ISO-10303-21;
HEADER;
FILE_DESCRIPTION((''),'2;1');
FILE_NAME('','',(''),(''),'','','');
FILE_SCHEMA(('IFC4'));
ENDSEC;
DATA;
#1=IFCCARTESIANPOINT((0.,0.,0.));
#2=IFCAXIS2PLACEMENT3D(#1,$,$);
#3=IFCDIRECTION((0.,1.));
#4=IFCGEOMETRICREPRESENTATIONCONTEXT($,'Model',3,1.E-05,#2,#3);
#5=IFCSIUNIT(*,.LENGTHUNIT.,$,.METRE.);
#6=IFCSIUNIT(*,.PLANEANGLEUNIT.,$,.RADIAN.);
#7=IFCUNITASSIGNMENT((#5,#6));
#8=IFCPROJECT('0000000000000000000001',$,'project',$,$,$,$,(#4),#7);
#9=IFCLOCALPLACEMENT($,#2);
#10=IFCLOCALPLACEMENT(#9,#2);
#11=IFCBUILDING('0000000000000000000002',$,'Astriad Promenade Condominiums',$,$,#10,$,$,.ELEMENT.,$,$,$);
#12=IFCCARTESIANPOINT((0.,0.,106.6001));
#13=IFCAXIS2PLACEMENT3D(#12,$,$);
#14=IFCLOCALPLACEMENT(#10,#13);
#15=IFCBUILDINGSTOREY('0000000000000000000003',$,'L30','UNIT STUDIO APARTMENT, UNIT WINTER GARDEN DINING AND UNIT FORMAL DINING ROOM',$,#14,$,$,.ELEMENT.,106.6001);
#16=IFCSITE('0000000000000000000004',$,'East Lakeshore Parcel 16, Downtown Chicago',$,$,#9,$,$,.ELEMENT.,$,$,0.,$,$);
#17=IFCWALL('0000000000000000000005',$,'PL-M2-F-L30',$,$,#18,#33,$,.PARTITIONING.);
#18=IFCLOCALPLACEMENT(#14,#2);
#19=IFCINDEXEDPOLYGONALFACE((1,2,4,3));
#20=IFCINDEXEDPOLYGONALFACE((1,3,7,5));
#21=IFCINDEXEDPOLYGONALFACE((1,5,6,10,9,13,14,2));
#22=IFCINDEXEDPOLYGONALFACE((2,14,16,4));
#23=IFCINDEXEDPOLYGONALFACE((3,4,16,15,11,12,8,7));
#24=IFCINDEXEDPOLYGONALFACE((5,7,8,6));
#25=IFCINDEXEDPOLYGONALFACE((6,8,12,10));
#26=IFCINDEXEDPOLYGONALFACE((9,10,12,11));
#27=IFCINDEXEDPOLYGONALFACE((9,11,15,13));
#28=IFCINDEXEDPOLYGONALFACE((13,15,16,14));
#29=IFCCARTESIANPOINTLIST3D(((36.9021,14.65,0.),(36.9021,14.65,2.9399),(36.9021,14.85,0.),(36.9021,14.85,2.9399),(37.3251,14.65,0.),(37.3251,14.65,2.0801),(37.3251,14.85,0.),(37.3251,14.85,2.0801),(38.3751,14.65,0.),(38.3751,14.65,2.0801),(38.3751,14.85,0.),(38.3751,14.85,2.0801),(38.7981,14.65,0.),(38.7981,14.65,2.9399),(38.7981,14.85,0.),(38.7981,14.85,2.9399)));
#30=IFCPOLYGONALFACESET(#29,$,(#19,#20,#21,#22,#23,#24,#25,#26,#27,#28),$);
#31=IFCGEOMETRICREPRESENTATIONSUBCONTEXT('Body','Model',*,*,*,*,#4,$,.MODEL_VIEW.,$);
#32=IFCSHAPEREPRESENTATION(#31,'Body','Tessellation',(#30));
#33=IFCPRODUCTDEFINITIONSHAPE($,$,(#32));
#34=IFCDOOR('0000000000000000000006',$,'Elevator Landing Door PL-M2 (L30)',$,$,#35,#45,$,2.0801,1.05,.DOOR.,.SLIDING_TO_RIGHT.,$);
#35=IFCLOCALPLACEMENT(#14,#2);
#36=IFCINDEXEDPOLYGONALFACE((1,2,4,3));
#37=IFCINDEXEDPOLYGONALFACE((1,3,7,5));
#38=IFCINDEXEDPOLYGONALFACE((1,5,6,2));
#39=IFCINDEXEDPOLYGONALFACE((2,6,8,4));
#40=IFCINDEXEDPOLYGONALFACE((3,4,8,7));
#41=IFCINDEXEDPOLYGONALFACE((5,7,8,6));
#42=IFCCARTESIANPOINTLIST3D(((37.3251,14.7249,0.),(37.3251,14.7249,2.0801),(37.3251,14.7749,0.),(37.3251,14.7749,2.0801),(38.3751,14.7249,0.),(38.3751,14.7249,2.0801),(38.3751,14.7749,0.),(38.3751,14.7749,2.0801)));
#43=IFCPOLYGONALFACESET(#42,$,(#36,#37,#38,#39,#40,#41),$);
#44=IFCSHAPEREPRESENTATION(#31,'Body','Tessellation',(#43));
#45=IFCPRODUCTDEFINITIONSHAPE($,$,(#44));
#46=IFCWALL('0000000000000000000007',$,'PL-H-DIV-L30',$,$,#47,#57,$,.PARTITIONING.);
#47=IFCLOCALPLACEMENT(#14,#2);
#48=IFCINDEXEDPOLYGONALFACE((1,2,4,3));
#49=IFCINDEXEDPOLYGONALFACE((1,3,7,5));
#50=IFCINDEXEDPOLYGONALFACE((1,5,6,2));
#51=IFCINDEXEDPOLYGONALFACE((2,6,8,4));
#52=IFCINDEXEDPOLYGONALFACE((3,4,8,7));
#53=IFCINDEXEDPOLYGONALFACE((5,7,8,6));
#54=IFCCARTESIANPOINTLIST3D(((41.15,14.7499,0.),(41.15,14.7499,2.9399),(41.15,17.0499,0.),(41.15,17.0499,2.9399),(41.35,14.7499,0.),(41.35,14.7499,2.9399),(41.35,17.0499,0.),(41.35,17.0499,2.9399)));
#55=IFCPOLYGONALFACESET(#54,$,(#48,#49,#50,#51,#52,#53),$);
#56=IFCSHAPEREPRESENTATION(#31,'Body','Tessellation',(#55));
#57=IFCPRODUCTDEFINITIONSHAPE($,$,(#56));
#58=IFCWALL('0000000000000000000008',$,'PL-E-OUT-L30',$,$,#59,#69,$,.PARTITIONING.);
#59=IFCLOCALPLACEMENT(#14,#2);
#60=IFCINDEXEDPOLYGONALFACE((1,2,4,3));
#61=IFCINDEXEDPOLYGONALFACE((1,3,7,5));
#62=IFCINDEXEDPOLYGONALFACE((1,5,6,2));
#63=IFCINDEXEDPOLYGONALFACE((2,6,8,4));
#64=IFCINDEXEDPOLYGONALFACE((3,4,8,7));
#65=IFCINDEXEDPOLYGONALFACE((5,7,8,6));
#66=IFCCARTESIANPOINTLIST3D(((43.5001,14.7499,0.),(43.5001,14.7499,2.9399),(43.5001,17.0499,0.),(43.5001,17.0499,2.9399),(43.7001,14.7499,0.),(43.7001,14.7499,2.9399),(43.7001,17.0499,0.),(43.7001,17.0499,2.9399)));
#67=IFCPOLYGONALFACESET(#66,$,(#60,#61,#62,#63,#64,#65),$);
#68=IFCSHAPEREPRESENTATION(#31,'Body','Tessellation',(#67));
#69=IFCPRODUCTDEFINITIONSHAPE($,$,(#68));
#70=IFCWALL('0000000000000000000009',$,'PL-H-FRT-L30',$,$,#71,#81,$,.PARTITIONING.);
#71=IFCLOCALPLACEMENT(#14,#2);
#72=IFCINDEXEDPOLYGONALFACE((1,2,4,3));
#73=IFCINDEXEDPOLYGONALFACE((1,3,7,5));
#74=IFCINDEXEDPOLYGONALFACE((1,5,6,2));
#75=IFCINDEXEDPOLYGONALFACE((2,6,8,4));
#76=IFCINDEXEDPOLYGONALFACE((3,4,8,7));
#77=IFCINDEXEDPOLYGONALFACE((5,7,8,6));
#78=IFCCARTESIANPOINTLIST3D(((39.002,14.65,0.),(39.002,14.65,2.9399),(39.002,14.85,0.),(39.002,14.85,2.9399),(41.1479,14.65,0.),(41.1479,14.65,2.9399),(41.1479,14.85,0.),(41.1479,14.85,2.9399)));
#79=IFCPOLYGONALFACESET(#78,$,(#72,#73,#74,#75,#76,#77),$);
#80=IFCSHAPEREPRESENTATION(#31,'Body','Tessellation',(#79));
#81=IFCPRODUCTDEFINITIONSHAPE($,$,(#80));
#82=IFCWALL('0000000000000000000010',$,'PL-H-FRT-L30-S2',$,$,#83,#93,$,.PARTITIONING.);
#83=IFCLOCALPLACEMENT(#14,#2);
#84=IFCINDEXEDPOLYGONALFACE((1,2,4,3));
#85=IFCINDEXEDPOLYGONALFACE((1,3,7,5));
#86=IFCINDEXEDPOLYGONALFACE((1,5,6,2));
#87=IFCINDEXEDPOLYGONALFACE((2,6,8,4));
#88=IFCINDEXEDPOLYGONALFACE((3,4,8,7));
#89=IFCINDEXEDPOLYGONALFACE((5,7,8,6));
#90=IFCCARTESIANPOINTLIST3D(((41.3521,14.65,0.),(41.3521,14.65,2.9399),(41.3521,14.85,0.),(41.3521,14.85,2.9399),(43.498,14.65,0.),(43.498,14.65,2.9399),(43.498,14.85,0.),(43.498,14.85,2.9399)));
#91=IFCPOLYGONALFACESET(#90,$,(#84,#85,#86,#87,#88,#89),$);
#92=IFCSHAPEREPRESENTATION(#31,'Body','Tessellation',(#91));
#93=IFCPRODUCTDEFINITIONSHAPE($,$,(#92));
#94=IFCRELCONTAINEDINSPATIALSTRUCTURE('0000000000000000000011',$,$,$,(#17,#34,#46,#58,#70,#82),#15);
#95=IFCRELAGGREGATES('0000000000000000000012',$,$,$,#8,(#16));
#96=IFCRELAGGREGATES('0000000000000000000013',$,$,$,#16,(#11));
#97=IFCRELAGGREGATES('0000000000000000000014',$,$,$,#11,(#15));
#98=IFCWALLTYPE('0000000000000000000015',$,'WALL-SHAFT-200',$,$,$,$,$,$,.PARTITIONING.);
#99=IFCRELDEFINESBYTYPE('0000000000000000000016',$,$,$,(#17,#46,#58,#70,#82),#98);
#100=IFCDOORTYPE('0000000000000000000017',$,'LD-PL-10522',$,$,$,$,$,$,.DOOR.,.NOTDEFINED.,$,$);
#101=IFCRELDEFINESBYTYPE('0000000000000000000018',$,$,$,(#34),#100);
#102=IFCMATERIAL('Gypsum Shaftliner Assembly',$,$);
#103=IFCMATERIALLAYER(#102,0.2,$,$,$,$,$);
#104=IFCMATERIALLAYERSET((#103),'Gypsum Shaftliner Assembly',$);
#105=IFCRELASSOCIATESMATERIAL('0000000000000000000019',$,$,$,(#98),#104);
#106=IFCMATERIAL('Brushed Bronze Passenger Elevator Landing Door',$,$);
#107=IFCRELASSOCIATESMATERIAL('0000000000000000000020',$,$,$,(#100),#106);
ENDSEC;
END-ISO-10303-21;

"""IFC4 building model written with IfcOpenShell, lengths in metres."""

from ifc_helpers import new_model, si_unit, direction, frame, frame_2d, origin, place, context, subcontext, project, spatial, rectangle, extrude, source, transform, mapped, material, layer, layer_set, type_object, type_shapes, element, fill, save


model = new_model("IFC4")

# Units and contexts
model_context = context("Model", 3, precision=1e-05, world=origin(), true_north=direction((0.0, 1.0)))
body_context = subcontext(model_context, "Body", "Model", "MODEL_VIEW")
ifc_project = project(units=[si_unit("LENGTHUNIT", "METRE"), si_unit("PLANEANGLEUNIT", "RADIAN")], contexts=[model_context])

# Site, building, storey
site_placement = place(None, origin())
site = spatial("IfcSite", under=ifc_project, at=site_placement, Name="East Lakeshore Parcel 16, Downtown Chicago", CompositionType="ELEMENT", RefElevation=0.0)
building_placement = place(site_placement, origin())
building = spatial("IfcBuilding", under=site, at=building_placement, Name="Astriad Promenade Condominiums", CompositionType="ELEMENT")
storey_placement = place(building_placement, frame((0.0, 0.0, 106.6001)))
storey = spatial("IfcBuildingStorey", under=building, at=storey_placement, Name="L30", Description="UNIT STUDIO APARTMENT, UNIT WINTER GARDEN DINING AND UNIT FORMAL DINING ROOM", CompositionType="ELEMENT", Elevation=106.6001)

# Shared definitions
ifc_material_1 = material(Name="Gypsum Shaftliner Assembly")
ifc_layer_1 = layer(ifc_material_1, 0.2)
ifc_layer_set_1 = layer_set([ifc_layer_1], Name="Gypsum Shaftliner Assembly")
wall_type_1 = type_object("IfcWallType", Name="WALL-SHAFT-200", PredefinedType="PARTITIONING", material=ifc_layer_set_1)

# Wall, opening, door
wall_1_placement = place(storey_placement, frame((36.9021, 14.75, 0.0), z_axis=(0.0, 0.0, 1.0), x_axis=(1.0, 0.0, 0.0)))
wall_1 = element("IfcWall", 1, at=wall_1_placement, inside=storey, type_object=wall_type_1, Name="PL-M2-F-L30", PredefinedType="PARTITIONING", context=body_context, shape_type="SweptSolid", body=[
    extrude(rectangle(XDim=1.896, YDim=0.2, at=frame_2d((0.948, 0.0))), origin(), (0.0, 0.0, 1.0), 2.9399),
])
opening_1_placement = place(wall_1_placement, frame((0.4231, 0.0, 0.0)))
opening_1 = element("IfcOpeningElement", 2, at=opening_1_placement, cuts=wall_1, PredefinedType="OPENING", context=body_context, shape_type="SweptSolid", body=[
    extrude(rectangle(XDim=1.05, YDim=2.0801, at=frame_2d((0.5249, 1.04))), frame((0.0, 0.1099, 0.0), z_axis=(0.0, -1.0, 0.0), x_axis=(1.0, 0.0, 0.0)), (0.0, 0.0, 1.0), 0.22),
])
ifc_material_2 = material(Name="Brushed Bronze Passenger Elevator Landing Door")
door_type_1 = type_object("IfcDoorType", Name="LD-PL-10522", OperationType="NOTDEFINED", PredefinedType="DOOR", material=ifc_material_2)
shared_shape_1 = source(origin(), body_context, "Body", "SweptSolid", [
    extrude(rectangle(XDim=1.05, YDim=2.0801, at=frame_2d((0.5249, 1.04))), frame((0.0, 0.0249, 0.0), z_axis=(0.0, -1.0, 0.0), x_axis=(1.0, 0.0, 0.0)), (0.0, 0.0, 1.0), 0.05),
])
type_shapes(door_type_1, [shared_shape_1])
door_1_placement = place(opening_1_placement, origin())
door_1 = element("IfcDoor", 3, at=door_1_placement, inside=storey, type_object=door_type_1, Name="Elevator Landing Door PL-M2 (L30)", OperationType="SLIDING_TO_RIGHT", OverallHeight=2.0801, OverallWidth=1.05, PredefinedType="DOOR", context=body_context, shape_type="MappedRepresentation", body=[
    mapped(shared_shape_1, transform((0.0, 0.0, 0.0), scale=1.0)),
])
fill(opening_1, door_1)

# Walls
for number, where, z_axis, x_axis, name in (
    (4, (41.25, 14.75, 0.0), (0.0, 0.0, 1.0), (0.0, 1.0, 0.0), "PL-H-DIV-L30"),
    (5, (43.6001, 14.75, 0.0), (0.0, 0.0, 1.0), (0.0, 1.0, 0.0), "PL-E-OUT-L30"),
):
    element("IfcWall", number, at=place(storey_placement, frame(where, z_axis=z_axis, x_axis=x_axis)), inside=storey, type_object=wall_type_1, Name=name, PredefinedType="PARTITIONING", context=body_context, shape_type="SweptSolid", body=[
        extrude(rectangle(XDim=2.3, YDim=0.2, at=frame_2d((1.1499, 0.0))), origin(), (0.0, 0.0, 1.0), 2.9399),
    ])
for number, where, z_axis, x_axis, name in (
    (6, (39.002, 14.75, 0.0), (0.0, 0.0, 1.0), (1.0, 0.0, 0.0), "PL-H-FRT-L30"),
    (7, (41.3521, 14.75, 0.0), (0.0, 0.0, 1.0), (1.0, 0.0, 0.0), "PL-H-FRT-L30-S2"),
):
    element("IfcWall", number, at=place(storey_placement, frame(where, z_axis=z_axis, x_axis=x_axis)), inside=storey, type_object=wall_type_1, Name=name, PredefinedType="PARTITIONING", context=body_context, shape_type="SweptSolid", body=[
        extrude(rectangle(XDim=2.146, YDim=0.2, at=frame_2d((1.073, 0.0))), origin(), (0.0, 0.0, 1.0), 2.9399),
    ])

save(model, "model.ifc")
